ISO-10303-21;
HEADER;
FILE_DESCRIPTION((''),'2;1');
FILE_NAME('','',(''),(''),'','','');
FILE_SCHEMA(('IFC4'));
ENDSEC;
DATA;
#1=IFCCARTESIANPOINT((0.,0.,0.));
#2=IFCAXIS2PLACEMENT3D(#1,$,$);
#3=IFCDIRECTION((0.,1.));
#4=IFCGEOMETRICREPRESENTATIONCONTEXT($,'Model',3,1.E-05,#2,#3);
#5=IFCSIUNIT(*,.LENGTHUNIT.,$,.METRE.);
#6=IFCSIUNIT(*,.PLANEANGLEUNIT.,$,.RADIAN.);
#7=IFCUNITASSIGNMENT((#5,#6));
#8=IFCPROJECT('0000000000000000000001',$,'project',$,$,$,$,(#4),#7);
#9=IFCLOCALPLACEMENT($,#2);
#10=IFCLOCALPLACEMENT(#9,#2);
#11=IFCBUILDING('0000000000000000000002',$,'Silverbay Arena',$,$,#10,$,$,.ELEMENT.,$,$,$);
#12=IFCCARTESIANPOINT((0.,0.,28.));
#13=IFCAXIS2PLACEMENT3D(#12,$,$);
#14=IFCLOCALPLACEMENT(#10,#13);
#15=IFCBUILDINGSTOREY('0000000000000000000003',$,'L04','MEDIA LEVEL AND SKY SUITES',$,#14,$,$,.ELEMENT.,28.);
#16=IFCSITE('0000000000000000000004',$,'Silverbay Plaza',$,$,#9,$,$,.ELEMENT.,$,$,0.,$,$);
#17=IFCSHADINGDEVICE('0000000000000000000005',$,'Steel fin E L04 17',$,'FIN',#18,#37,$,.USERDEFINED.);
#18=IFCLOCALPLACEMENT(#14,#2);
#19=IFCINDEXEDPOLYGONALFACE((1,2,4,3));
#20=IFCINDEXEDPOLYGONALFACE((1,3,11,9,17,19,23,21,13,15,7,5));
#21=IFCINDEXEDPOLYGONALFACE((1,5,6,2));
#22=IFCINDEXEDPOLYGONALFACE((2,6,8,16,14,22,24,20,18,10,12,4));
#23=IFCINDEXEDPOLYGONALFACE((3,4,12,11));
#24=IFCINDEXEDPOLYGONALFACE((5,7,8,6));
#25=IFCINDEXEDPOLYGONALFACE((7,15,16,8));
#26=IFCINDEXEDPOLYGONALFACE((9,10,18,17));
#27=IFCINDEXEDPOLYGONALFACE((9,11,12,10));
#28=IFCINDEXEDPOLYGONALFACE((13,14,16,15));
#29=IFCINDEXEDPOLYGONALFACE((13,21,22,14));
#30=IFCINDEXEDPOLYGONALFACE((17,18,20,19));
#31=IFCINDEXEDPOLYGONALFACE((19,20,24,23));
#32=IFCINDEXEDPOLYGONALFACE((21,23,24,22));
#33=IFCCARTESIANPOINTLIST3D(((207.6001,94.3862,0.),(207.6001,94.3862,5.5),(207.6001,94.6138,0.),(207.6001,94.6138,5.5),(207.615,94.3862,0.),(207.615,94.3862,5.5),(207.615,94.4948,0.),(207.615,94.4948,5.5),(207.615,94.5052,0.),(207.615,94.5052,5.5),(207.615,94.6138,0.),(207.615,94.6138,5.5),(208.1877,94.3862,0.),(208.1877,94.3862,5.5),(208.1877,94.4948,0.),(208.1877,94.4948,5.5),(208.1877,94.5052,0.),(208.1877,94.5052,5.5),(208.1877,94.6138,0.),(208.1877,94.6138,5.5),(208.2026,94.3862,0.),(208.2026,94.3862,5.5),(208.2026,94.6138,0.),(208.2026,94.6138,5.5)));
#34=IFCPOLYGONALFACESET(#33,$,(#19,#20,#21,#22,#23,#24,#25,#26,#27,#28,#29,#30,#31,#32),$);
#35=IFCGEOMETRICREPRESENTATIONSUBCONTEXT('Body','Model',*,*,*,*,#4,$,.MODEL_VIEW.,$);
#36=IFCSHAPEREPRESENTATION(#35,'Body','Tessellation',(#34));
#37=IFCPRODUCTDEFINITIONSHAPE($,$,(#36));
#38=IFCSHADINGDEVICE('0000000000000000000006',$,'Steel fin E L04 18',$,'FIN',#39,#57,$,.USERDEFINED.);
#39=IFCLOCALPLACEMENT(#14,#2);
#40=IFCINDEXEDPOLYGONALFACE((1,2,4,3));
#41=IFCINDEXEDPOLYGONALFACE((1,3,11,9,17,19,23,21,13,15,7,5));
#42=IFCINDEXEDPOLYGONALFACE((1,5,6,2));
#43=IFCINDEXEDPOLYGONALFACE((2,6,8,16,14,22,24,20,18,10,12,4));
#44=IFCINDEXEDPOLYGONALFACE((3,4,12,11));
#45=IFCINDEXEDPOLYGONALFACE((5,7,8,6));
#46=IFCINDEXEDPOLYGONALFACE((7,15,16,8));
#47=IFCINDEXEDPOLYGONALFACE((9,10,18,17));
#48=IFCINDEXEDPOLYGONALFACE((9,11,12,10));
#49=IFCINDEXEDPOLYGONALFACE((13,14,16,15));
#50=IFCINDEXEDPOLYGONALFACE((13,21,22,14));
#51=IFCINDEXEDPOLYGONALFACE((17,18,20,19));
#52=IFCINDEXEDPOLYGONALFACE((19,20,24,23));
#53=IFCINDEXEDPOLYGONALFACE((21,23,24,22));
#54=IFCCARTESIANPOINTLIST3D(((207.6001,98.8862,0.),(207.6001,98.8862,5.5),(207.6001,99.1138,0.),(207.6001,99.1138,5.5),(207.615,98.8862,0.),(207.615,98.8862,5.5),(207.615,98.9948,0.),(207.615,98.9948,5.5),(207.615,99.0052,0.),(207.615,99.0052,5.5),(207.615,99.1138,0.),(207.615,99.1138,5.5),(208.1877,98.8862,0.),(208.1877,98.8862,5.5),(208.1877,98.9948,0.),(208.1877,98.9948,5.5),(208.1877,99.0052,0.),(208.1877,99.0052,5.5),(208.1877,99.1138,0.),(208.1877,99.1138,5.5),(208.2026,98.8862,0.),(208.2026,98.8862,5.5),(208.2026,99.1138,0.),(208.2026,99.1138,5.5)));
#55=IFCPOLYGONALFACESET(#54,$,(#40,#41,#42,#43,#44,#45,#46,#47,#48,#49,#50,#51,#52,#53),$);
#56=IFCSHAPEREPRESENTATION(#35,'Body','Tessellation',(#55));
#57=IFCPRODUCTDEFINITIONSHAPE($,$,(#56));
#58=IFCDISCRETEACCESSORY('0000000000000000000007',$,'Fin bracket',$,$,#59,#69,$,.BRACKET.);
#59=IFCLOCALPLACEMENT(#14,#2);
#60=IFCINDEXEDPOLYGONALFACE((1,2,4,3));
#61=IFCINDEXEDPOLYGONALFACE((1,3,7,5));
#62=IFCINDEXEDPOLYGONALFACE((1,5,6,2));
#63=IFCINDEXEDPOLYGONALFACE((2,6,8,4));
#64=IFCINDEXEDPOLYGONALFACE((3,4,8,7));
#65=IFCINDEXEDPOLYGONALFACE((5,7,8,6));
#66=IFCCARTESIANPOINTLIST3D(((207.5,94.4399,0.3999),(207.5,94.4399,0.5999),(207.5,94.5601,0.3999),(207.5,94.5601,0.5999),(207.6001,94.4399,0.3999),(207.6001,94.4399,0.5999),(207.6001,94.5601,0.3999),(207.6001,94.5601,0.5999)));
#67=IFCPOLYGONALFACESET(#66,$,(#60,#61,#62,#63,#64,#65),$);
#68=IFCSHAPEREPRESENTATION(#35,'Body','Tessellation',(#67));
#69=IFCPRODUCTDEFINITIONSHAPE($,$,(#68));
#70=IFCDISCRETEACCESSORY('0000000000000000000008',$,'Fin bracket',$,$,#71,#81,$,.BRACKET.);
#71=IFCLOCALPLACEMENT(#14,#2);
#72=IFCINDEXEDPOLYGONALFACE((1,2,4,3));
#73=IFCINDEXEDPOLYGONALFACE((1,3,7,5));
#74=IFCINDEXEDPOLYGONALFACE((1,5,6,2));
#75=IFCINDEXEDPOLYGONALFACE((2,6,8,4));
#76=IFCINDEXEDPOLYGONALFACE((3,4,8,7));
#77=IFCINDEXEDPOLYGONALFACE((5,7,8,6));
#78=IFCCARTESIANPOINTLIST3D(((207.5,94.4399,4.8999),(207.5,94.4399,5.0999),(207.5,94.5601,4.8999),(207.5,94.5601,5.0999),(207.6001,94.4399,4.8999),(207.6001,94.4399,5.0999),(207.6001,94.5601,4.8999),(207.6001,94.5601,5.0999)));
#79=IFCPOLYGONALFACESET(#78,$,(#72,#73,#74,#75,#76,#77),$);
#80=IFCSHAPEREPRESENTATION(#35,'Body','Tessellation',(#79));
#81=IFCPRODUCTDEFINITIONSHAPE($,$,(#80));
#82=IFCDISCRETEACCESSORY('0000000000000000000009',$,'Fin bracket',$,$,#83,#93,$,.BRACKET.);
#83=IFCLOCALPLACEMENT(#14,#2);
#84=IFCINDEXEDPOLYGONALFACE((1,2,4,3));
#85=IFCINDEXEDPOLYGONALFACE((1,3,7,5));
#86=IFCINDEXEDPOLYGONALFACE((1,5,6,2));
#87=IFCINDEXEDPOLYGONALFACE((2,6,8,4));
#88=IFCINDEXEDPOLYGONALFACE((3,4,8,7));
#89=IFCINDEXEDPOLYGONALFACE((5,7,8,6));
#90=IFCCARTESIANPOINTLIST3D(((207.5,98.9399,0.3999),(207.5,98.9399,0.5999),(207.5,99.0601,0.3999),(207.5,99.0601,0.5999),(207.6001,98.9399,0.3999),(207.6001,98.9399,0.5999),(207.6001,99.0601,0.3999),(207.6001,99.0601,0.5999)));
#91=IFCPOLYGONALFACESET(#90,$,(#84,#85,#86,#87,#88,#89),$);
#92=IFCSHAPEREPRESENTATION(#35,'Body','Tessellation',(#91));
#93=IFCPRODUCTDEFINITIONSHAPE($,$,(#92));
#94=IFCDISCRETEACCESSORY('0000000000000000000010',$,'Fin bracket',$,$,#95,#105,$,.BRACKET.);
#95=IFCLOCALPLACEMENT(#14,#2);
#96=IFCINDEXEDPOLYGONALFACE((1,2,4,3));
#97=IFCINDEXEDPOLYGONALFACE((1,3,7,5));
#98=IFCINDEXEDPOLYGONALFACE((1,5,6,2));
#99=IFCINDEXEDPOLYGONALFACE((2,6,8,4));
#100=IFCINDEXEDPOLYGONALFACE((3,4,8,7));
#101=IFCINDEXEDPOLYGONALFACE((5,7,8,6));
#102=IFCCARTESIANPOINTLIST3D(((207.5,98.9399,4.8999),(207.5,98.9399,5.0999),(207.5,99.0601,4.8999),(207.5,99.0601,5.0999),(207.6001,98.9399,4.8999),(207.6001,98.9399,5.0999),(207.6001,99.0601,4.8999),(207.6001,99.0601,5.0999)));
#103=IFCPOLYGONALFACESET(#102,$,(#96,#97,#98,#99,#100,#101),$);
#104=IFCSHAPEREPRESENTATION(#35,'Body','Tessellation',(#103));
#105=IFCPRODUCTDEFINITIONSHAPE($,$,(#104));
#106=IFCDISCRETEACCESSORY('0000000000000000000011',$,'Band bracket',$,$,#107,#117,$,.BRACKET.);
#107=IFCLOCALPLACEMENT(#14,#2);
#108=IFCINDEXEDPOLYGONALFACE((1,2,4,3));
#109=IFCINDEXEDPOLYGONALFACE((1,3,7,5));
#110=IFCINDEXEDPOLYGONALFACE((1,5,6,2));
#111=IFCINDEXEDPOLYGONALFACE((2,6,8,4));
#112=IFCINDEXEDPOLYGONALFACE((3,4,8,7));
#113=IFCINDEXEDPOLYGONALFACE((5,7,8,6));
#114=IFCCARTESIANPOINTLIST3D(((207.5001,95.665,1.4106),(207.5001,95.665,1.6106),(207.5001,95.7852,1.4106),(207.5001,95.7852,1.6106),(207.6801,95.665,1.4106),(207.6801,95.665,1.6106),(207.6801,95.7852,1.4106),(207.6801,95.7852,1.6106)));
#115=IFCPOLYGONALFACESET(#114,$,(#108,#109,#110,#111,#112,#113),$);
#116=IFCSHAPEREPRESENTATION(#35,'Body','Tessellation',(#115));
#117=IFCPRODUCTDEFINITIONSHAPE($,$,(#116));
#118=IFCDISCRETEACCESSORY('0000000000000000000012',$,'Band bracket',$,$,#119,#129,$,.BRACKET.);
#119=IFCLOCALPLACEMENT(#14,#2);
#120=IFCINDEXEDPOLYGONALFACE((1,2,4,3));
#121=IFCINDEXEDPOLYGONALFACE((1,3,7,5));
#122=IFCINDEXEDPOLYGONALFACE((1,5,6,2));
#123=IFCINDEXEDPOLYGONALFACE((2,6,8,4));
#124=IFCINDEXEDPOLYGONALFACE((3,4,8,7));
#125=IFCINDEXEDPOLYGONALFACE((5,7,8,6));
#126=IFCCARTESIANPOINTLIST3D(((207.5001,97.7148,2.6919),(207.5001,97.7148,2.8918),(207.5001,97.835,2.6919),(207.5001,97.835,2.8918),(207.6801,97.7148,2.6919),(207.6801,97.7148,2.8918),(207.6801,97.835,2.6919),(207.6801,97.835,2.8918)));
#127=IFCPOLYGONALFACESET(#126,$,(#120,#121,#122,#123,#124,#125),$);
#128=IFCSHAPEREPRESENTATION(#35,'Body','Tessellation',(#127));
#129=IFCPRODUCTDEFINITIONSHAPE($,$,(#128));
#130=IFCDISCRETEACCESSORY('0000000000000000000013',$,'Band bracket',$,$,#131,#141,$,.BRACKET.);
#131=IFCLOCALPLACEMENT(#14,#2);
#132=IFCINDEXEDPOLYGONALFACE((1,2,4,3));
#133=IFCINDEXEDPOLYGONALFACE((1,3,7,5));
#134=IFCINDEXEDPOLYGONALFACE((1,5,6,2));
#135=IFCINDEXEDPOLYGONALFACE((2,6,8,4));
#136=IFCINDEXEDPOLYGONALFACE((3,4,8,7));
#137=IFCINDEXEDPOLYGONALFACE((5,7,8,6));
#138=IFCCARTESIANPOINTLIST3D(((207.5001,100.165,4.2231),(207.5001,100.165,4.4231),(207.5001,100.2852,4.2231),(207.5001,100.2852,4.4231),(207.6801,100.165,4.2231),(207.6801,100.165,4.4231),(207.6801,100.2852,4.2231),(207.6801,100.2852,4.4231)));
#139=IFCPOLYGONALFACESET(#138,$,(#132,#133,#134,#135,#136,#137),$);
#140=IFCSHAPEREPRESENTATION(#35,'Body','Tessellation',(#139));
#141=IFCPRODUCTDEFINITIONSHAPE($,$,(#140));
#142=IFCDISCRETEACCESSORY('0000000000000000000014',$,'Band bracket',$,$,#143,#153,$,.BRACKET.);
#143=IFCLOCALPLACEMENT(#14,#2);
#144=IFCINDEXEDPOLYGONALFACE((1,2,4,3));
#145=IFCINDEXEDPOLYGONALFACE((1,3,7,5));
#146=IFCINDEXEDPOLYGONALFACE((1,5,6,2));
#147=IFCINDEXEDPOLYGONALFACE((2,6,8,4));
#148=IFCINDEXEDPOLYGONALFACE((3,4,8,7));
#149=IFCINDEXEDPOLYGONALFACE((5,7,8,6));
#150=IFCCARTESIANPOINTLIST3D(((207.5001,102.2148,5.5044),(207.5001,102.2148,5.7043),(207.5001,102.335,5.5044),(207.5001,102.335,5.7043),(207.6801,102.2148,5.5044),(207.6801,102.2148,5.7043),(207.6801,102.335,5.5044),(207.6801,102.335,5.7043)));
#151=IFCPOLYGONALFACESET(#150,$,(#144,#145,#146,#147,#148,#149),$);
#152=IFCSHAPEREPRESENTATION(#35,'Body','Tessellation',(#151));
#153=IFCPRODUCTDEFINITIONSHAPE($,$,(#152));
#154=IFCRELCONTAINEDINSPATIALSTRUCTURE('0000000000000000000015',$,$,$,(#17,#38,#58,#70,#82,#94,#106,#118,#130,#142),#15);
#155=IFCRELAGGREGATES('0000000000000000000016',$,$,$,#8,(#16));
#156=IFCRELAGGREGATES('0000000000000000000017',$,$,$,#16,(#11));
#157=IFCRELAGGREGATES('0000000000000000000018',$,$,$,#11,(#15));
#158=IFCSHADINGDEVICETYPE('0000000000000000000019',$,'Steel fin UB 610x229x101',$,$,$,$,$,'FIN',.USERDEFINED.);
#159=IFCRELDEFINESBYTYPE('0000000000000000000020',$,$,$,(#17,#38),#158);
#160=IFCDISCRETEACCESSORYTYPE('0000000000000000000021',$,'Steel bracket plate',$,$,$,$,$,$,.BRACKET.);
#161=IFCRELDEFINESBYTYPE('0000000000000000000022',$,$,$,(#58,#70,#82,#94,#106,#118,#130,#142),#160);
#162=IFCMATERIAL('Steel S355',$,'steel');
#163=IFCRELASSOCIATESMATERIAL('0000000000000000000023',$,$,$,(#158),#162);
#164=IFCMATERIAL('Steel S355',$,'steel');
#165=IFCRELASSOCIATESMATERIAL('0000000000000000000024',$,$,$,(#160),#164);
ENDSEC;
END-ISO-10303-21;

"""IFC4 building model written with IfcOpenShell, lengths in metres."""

from ifc_helpers import new_model, si_unit, direction, frame, origin, origin_2d, place, context, subcontext, project, spatial, rectangle, i_section, extrude, material, material_profile, profile_set, type_object, element, save


model = new_model("IFC4")

# Units and contexts
model_context = context("Model", 3, precision=1e-05, world=origin(), true_north=direction((0.0, 1.0)))
body_context = subcontext(model_context, "Body", "Model", "MODEL_VIEW")
ifc_project = project(units=[si_unit("LENGTHUNIT", "METRE"), si_unit("PLANEANGLEUNIT", "RADIAN")], contexts=[model_context])

# Site, building, storey
site_placement = place(None, origin())
site = spatial("IfcSite", under=ifc_project, at=site_placement, Name="Silverbay Plaza", CompositionType="ELEMENT", RefElevation=0.0)
building_placement = place(site_placement, origin())
building = spatial("IfcBuilding", under=site, at=building_placement, Name="Silverbay Arena", CompositionType="ELEMENT")
storey_placement = place(building_placement, frame((0.0, 0.0, 28.0)))
storey = spatial("IfcBuildingStorey", under=building, at=storey_placement, Name="L04", Description="MEDIA LEVEL AND SKY SUITES", CompositionType="ELEMENT", Elevation=28.0)

# Shading devices
ifc_material_1 = material(Name="Steel S355", Category="steel")
ifc_material_profile_1 = material_profile(ifc_material_1, i_section(OverallWidth=0.2275, OverallDepth=0.6025, WebThickness=0.0105, FlangeThickness=0.0149, at=origin_2d()), Name="UB 610x229x101")
ifc_profile_set_1 = profile_set([ifc_material_profile_1], Name="Steel S355")
shading_device_type = type_object("IfcShadingDeviceType", Name="Steel fin UB 610x229x101", ElementType="FIN", PredefinedType="USERDEFINED", material=ifc_profile_set_1)
for number, where, z_axis, x_axis, name in (
    (1, (207.9014, 94.5, 0.0), (0.0, 0.0, 1.0), (0.0, 1.0, 0.0), "Steel fin E L04 17"),
    (2, (207.9014, 99.0, 0.0), (0.0, 0.0, 1.0), (0.0, 1.0, 0.0), "Steel fin E L04 18"),
):
    element("IfcShadingDevice", number, at=place(storey_placement, frame(where, z_axis=z_axis, x_axis=x_axis)), inside=storey, type_object=shading_device_type, Name=name, ObjectType="FIN", PredefinedType="USERDEFINED", context=body_context, shape_type="SweptSolid", body=[
        extrude(i_section(OverallWidth=0.2275, OverallDepth=0.6025, WebThickness=0.0105, FlangeThickness=0.0149, at=origin_2d()), origin(), (0.0, 0.0, 1.0), 5.5),
    ])

# Discrete accessories
ifc_material_2 = material(Name="Steel S355", Category="steel")
discrete_accessory_type = type_object("IfcDiscreteAccessoryType", Name="Steel bracket plate", PredefinedType="BRACKET", material=ifc_material_2)
for number, where, z_axis, x_axis, name in (
    (3, (207.55, 94.5, 0.3999), (0.0, 0.0, 1.0), (1.0, 0.0, 0.0), "Fin bracket"),
    (4, (207.55, 94.5, 4.8999), (0.0, 0.0, 1.0), (1.0, 0.0, 0.0), "Fin bracket"),
    (5, (207.55, 99.0, 0.3999), (0.0, 0.0, 1.0), (1.0, 0.0, 0.0), "Fin bracket"),
    (6, (207.55, 99.0, 4.8999), (0.0, 0.0, 1.0), (1.0, 0.0, 0.0), "Fin bracket"),
):
    element("IfcDiscreteAccessory", number, at=place(storey_placement, frame(where, z_axis=z_axis, x_axis=x_axis)), inside=storey, type_object=discrete_accessory_type, Name=name, PredefinedType="BRACKET", context=body_context, shape_type="SweptSolid", body=[
        extrude(rectangle(XDim=0.1001, YDim=0.1201, at=origin_2d()), origin(), (0.0, 0.0, 1.0), 0.2),
    ])
for number, where, z_axis, x_axis, name in (
    (7, (207.5901, 95.7251, 1.4106), (0.0, 0.0, 1.0), (1.0, 0.0, 0.0), "Band bracket"),
    (8, (207.5901, 97.7749, 2.6919), (0.0, 0.0, 1.0), (1.0, 0.0, 0.0), "Band bracket"),
    (9, (207.5901, 100.2251, 4.2231), (0.0, 0.0, 1.0), (1.0, 0.0, 0.0), "Band bracket"),
    (10, (207.5901, 102.2749, 5.5044), (0.0, 0.0, 1.0), (1.0, 0.0, 0.0), "Band bracket"),
):
    element("IfcDiscreteAccessory", number, at=place(storey_placement, frame(where, z_axis=z_axis, x_axis=x_axis)), inside=storey, type_object=discrete_accessory_type, Name=name, PredefinedType="BRACKET", context=body_context, shape_type="SweptSolid", body=[
        extrude(rectangle(XDim=0.1799, YDim=0.1201, at=origin_2d()), origin(), (0.0, 0.0, 1.0), 0.2),
    ])

save(model, "model.ifc")
